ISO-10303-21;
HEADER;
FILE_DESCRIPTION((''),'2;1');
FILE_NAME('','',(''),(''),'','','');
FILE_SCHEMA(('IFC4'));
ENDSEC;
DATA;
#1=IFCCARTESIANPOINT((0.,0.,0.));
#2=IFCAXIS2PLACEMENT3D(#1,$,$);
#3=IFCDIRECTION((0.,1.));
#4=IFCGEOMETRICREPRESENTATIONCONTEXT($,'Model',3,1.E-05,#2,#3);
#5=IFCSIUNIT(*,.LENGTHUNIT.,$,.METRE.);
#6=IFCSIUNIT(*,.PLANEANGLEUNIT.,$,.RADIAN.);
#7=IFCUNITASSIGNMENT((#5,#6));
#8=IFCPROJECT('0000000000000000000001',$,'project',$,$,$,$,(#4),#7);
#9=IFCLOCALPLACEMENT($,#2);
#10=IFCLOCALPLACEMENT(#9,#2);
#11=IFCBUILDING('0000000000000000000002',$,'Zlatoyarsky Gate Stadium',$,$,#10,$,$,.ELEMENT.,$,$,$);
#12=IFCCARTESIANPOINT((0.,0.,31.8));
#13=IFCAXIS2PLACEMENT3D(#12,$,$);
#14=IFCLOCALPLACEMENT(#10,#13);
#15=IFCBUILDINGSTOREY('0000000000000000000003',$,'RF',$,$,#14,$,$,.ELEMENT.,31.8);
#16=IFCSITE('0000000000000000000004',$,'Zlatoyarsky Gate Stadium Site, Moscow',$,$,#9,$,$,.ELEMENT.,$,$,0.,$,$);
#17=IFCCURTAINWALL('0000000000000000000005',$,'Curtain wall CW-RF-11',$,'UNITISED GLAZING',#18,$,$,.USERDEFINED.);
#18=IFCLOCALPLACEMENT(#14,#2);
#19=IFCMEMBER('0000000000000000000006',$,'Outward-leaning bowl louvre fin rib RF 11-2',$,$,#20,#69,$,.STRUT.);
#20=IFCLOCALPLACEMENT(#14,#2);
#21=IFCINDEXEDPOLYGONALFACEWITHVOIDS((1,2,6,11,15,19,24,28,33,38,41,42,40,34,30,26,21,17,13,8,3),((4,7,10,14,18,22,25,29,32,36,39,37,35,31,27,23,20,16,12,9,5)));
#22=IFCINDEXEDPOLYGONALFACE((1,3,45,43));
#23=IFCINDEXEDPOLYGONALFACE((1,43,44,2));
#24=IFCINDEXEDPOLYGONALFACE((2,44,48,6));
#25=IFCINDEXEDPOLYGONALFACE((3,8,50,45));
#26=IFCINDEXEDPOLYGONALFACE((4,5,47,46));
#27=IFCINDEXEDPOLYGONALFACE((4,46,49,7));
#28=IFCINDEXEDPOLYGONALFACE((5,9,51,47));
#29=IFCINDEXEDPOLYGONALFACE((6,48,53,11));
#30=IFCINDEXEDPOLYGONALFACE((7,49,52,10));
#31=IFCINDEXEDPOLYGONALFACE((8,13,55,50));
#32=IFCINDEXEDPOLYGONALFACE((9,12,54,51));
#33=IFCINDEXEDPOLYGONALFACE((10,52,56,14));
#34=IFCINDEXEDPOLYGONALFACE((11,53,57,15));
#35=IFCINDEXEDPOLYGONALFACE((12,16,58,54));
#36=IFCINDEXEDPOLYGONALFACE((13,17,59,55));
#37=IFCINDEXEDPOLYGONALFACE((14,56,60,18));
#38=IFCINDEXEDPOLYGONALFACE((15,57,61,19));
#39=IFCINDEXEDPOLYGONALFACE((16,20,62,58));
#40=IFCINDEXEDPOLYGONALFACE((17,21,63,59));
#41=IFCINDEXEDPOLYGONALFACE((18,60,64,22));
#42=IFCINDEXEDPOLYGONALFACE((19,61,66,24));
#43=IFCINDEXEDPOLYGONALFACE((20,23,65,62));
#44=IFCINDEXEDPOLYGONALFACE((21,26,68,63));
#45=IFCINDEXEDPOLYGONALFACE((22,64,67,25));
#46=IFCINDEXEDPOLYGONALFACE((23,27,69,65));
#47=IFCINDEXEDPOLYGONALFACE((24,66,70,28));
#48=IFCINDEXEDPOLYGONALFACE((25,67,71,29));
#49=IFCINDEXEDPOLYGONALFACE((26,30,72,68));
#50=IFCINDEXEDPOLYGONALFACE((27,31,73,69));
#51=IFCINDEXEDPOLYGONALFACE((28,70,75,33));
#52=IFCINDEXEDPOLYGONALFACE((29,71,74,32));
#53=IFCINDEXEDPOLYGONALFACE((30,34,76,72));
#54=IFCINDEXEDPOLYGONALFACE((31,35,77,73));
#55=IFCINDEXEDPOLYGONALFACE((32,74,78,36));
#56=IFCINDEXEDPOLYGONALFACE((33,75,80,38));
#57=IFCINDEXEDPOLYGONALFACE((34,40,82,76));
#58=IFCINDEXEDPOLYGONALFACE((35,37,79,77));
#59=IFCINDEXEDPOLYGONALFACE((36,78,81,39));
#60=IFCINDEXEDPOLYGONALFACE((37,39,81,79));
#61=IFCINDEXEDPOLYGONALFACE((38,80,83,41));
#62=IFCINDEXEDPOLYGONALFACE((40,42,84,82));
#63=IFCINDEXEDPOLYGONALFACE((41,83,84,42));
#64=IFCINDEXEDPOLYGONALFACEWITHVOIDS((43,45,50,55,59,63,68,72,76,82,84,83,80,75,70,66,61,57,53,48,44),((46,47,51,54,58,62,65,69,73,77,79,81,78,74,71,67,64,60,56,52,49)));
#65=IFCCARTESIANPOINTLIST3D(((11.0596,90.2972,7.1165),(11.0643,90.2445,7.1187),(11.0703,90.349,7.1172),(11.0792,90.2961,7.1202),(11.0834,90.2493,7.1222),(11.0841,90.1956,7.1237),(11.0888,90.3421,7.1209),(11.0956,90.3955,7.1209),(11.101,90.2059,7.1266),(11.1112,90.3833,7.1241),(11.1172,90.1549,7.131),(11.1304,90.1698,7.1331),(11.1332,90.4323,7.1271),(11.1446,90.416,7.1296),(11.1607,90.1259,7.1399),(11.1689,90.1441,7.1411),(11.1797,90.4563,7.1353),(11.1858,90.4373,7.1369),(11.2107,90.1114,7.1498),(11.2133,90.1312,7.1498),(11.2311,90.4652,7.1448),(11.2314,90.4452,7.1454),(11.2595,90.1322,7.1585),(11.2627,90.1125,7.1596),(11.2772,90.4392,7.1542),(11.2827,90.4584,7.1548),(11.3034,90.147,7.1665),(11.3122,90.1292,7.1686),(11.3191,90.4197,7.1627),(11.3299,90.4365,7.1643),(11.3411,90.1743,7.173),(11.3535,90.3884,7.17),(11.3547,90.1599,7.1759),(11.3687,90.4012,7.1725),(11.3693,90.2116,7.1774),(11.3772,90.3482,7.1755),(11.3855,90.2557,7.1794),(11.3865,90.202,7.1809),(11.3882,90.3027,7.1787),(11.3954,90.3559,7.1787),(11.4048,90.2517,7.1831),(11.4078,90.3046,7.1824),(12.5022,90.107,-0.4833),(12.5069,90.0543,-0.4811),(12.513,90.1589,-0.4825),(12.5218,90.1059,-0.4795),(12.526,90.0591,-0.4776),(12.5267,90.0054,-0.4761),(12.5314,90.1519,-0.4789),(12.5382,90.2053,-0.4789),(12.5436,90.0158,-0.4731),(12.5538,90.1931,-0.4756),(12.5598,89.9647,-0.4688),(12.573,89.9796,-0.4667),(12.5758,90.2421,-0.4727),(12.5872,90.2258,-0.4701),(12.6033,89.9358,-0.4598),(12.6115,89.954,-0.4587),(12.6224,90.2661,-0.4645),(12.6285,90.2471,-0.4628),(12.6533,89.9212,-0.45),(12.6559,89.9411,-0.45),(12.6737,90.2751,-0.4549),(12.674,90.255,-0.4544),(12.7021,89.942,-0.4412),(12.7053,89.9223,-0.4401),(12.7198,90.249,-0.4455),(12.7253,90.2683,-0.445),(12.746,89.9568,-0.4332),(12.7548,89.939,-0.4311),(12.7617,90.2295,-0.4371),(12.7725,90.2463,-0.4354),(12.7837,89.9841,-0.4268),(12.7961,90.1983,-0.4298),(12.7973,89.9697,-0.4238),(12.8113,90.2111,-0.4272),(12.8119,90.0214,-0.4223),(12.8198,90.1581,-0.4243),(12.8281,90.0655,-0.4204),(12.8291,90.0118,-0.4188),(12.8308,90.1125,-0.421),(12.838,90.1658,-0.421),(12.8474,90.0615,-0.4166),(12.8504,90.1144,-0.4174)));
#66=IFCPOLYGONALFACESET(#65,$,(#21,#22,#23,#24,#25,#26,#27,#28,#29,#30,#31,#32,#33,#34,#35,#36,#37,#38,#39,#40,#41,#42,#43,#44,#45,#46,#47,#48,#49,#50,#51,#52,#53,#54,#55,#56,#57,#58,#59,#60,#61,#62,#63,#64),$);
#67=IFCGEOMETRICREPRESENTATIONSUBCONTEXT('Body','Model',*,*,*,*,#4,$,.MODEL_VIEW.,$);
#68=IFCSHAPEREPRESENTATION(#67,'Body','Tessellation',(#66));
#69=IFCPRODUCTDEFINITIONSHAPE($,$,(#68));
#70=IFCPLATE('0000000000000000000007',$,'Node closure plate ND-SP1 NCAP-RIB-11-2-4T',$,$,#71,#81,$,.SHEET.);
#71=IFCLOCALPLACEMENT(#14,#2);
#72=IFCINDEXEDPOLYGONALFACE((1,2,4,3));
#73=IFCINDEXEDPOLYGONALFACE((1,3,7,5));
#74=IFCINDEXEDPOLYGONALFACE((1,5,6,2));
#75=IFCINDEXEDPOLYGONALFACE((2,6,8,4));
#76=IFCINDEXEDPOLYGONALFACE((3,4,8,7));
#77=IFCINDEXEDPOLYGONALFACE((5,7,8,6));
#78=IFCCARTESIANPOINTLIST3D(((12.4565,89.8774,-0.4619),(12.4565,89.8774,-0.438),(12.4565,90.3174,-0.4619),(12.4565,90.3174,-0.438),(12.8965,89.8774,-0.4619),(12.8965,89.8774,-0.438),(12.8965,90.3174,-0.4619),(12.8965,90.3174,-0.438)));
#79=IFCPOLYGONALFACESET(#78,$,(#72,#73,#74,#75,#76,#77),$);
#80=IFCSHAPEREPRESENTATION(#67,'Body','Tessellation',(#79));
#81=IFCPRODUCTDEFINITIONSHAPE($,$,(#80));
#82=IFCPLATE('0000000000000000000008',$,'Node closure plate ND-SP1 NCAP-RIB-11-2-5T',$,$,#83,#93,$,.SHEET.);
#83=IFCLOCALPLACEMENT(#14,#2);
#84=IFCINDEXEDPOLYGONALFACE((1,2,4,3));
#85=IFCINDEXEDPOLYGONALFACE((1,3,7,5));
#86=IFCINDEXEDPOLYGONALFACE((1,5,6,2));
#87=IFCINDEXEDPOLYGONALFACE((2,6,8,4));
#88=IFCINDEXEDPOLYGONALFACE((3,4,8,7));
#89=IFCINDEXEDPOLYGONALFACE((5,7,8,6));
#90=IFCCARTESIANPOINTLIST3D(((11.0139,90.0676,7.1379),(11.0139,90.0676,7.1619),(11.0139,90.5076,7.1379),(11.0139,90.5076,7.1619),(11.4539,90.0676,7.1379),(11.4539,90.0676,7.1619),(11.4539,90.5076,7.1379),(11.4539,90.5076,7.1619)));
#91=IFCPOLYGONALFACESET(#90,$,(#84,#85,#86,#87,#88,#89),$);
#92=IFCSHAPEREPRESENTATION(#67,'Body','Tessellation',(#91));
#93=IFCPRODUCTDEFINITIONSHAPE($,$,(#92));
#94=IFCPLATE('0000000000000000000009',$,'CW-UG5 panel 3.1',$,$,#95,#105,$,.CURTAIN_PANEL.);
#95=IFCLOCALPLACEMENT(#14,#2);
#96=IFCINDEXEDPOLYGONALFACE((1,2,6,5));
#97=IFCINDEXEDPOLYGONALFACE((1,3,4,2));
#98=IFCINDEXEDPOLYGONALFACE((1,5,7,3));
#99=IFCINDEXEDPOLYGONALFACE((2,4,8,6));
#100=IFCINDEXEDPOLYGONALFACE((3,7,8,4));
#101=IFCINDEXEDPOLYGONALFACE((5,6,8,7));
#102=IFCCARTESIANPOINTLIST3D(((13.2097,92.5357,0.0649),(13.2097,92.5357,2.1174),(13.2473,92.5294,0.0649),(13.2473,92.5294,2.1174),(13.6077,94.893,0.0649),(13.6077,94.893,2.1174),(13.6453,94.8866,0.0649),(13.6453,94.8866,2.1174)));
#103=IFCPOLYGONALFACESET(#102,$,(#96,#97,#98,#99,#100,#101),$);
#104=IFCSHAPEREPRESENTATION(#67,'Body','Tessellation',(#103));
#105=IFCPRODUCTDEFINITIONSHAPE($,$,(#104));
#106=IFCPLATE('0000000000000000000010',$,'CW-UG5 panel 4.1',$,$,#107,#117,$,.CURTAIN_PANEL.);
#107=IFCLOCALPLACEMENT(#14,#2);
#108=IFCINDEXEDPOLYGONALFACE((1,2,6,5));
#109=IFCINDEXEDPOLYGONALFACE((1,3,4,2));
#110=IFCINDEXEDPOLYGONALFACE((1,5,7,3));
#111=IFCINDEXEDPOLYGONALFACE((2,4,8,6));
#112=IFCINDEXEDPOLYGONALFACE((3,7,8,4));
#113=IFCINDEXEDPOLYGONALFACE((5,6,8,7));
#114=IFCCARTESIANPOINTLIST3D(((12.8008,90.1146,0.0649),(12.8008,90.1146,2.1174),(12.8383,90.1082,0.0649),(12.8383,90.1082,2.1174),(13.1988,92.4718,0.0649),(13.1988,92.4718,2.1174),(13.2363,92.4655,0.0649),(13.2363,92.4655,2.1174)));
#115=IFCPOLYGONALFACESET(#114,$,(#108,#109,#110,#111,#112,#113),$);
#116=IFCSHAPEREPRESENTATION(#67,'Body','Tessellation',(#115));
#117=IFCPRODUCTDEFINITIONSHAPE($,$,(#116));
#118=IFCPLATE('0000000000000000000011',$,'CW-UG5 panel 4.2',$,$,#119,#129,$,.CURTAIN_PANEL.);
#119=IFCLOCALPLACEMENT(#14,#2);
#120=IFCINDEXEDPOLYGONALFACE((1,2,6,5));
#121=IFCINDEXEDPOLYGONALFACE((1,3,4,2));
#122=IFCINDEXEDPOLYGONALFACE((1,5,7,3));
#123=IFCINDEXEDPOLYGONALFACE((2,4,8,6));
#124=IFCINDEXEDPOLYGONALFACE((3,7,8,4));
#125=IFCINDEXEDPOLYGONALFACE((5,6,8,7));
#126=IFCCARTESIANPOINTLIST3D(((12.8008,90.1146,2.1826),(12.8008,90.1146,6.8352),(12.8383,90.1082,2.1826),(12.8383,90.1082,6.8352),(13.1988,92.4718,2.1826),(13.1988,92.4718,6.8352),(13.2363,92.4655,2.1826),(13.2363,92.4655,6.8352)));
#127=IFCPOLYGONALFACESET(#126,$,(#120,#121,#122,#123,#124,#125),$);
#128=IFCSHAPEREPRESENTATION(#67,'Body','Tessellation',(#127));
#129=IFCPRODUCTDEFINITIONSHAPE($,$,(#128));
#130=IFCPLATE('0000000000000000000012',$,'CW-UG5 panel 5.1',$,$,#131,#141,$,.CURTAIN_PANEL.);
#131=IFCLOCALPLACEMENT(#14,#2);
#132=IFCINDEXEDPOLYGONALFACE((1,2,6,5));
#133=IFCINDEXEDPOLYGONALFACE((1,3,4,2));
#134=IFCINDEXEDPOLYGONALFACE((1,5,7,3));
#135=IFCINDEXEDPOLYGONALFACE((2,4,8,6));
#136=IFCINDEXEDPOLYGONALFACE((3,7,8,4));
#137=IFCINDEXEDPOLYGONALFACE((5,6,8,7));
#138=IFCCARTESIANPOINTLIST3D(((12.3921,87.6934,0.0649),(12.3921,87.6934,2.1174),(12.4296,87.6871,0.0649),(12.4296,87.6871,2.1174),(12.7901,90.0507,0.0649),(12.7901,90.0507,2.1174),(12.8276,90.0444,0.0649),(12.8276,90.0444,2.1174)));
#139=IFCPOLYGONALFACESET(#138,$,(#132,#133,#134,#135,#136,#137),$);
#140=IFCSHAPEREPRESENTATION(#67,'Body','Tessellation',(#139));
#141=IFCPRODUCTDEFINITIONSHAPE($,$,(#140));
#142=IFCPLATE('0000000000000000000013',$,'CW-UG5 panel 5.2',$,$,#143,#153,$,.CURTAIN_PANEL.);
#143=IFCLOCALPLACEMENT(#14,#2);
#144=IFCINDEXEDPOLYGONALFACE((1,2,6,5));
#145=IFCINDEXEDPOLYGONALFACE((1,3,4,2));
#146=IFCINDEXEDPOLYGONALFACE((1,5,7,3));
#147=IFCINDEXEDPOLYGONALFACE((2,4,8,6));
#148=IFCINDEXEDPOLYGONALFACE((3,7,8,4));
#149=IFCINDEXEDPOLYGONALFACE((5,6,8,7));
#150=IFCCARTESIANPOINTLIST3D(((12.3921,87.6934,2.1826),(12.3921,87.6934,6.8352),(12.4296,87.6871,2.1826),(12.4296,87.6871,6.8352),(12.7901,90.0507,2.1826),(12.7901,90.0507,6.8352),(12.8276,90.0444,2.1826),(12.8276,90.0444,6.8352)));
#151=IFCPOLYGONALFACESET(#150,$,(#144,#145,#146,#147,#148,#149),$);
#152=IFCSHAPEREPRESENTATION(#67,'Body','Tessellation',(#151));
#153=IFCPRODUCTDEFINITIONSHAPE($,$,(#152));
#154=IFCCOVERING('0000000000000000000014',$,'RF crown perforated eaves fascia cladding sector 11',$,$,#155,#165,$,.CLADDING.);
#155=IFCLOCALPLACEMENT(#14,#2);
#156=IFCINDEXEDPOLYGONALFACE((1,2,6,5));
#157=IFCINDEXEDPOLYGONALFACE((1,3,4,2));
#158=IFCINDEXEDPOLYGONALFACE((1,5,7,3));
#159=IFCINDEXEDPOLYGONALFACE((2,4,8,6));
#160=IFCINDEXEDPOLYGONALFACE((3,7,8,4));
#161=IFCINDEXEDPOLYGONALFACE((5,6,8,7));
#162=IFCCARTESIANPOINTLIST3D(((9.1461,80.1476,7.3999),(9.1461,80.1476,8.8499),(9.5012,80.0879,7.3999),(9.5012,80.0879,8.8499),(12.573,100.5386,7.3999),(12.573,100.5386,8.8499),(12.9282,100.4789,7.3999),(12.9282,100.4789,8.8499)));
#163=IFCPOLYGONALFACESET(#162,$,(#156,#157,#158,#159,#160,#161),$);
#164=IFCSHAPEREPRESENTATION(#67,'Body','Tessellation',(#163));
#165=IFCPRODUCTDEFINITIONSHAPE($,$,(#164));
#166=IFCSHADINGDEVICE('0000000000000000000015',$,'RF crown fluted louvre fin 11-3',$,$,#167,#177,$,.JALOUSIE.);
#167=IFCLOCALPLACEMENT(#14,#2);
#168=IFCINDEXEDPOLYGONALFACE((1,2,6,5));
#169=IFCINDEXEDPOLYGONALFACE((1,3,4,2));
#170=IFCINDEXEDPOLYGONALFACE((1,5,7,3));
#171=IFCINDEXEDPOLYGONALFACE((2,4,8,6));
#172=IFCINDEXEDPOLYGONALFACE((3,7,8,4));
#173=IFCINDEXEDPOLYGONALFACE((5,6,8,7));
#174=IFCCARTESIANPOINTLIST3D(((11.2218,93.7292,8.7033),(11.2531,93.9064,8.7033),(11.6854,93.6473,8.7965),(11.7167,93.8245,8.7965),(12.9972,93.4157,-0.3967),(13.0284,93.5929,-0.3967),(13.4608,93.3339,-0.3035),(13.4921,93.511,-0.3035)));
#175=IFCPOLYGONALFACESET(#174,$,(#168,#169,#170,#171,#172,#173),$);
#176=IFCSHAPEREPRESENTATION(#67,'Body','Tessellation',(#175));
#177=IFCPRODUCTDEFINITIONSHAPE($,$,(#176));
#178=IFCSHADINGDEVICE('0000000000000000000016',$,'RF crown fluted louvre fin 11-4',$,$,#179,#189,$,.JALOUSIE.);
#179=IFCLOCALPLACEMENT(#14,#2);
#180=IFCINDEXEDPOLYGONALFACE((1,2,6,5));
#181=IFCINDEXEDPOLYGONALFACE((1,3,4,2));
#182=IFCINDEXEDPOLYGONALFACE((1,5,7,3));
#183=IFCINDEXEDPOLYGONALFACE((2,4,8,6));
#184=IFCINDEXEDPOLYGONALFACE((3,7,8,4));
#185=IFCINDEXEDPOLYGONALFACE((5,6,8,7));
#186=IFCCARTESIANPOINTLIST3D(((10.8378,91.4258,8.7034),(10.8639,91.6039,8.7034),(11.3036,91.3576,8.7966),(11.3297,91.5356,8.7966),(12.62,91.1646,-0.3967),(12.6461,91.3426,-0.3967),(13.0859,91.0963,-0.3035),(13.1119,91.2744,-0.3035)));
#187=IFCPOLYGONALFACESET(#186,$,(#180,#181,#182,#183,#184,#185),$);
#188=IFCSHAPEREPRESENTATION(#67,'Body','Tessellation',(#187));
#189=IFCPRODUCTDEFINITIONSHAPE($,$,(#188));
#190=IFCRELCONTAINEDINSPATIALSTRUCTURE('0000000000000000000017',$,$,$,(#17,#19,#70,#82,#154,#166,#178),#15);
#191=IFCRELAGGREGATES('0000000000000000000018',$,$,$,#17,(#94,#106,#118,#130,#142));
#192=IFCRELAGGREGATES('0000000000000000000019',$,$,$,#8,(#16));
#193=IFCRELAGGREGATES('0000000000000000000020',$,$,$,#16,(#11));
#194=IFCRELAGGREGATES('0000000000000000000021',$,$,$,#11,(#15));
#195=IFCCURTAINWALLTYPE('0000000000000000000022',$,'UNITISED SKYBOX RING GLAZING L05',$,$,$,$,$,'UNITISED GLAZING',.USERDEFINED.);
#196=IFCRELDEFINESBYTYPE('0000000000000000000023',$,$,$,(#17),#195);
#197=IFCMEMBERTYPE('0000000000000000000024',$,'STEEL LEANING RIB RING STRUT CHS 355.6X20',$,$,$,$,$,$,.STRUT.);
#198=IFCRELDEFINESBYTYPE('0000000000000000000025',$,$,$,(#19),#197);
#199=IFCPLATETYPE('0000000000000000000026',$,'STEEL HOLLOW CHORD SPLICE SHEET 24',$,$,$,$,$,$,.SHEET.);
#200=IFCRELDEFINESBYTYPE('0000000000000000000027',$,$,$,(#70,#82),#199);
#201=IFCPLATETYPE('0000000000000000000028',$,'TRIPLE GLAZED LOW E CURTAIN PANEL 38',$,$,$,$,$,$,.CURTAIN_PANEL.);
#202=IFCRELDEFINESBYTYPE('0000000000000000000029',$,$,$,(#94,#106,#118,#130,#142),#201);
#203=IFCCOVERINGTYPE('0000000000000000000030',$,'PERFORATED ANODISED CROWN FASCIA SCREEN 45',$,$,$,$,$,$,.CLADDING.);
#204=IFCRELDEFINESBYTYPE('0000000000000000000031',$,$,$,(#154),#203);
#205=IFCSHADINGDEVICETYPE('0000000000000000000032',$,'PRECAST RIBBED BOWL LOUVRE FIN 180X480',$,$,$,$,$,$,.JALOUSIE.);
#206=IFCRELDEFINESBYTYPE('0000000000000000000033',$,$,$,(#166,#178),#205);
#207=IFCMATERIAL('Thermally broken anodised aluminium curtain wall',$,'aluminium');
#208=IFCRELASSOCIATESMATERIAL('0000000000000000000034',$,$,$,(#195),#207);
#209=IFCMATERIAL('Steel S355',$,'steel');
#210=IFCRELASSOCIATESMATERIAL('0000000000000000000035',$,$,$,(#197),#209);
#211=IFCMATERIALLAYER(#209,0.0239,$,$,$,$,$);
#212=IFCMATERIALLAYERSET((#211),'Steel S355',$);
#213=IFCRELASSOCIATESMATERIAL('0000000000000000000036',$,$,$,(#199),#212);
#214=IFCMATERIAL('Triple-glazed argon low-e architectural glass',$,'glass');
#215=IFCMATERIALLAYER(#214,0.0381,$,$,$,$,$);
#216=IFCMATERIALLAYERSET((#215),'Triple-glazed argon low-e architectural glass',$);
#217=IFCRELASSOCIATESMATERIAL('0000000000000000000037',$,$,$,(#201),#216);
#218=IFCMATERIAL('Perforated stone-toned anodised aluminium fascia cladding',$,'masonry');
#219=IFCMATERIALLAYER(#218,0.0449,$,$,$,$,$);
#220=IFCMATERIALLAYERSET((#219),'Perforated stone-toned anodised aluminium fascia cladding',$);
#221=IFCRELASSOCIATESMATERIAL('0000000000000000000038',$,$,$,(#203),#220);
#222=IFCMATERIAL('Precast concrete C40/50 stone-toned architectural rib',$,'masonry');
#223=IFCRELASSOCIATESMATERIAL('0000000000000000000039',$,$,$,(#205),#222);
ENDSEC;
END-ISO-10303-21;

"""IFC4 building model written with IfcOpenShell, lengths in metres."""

from ifc_helpers import new_model, si_unit, direction, frame, origin, origin_2d, place, context, subcontext, project, spatial, rectangle, hollow_circle, extrude, material, layer, layer_set, material_profile, profile_set, type_object, element, aggregate, save


model = new_model("IFC4")

# Units and contexts
model_context = context("Model", 3, precision=1e-05, world=origin(), true_north=direction((0.0, 1.0)))
body_context = subcontext(model_context, "Body", "Model", "MODEL_VIEW")
ifc_project = project(units=[si_unit("LENGTHUNIT", "METRE"), si_unit("PLANEANGLEUNIT", "RADIAN")], contexts=[model_context])

# Site, building, storey
site_placement = place(None, origin())
site = spatial("IfcSite", under=ifc_project, at=site_placement, Name="Zlatoyarsky Gate Stadium Site, Moscow", CompositionType="ELEMENT", RefElevation=0.0)
building_placement = place(site_placement, origin())
building = spatial("IfcBuilding", under=site, at=building_placement, Name="Zlatoyarsky Gate Stadium", CompositionType="ELEMENT")
storey_placement = place(building_placement, frame((0.0, 0.0, 31.8)))
storey = spatial("IfcBuildingStorey", under=building, at=storey_placement, Name="RF", CompositionType="ELEMENT", Elevation=31.8)

# Curtain wall
ifc_material_1 = material(Name="Thermally broken anodised aluminium curtain wall", Category="aluminium")
curtain_wall_type = type_object("IfcCurtainWallType", Name="UNITISED SKYBOX RING GLAZING L05", ElementType="UNITISED GLAZING", PredefinedType="USERDEFINED", material=ifc_material_1)
curtain_wall_placement = place(storey_placement, origin())
curtain_wall = element("IfcCurtainWall", 1, at=curtain_wall_placement, inside=storey, type_object=curtain_wall_type, Name="Curtain wall CW-RF-11", ObjectType="UNITISED GLAZING", PredefinedType="USERDEFINED")

# Member
ifc_material_2 = material(Name="Steel S355", Category="steel")
ifc_material_profile_1 = material_profile(ifc_material_2, hollow_circle(Radius=0.1777, WallThickness=0.02, at=origin_2d()), Name="CHS 355.6X20")
ifc_profile_set_1 = profile_set([ifc_material_profile_1], Name="Steel S355")
member_type_1 = type_object("IfcMemberType", Name="STEEL LEANING RIB RING STRUT CHS 355.6X20", PredefinedType="STRUT", material=ifc_profile_set_1)
member_1_placement = place(storey_placement, frame((12.6765, 90.0974, -0.45), z_axis=(-0.186436, 0.024578, 0.98216), x_axis=(-0.130702, -0.991422, 0.0)))
element("IfcMember", 2, at=member_1_placement, inside=storey, type_object=member_type_1, Name="Outward-leaning bowl louvre fin rib RF 11-2", PredefinedType="STRUT", context=body_context, shape_type="SweptSolid", body=[
    extrude(hollow_circle(Radius=0.1777, WallThickness=0.02, at=origin_2d()), origin(), (0.0, 0.0, 1.0), 7.7378),
])

# Plates
ifc_layer_1 = layer(ifc_material_2, 0.0239)
ifc_layer_set_1 = layer_set([ifc_layer_1], Name="Steel S355")
plate_type_1 = type_object("IfcPlateType", Name="STEEL HOLLOW CHORD SPLICE SHEET 24", PredefinedType="SHEET", material=ifc_layer_set_1)
for number, where, z_axis, x_axis, name in (
    (3, (12.6765, 90.0974, -0.4619), (0.0, 0.0, 1.0), (1.0, 0.0, 0.0), "Node closure plate ND-SP1 NCAP-RIB-11-2-4T"),
    (4, (11.2339, 90.2876, 7.1379), (0.0, 0.0, 1.0), (1.0, 0.0, 0.0), "Node closure plate ND-SP1 NCAP-RIB-11-2-5T"),
):
    element("IfcPlate", number, at=place(storey_placement, frame(where, z_axis=z_axis, x_axis=x_axis)), inside=storey, type_object=plate_type_1, Name=name, PredefinedType="SHEET", context=body_context, shape_type="SweptSolid", body=[
        extrude(rectangle(XDim=0.4399, YDim=0.4399, at=origin_2d()), origin(), (0.0, 0.0, 1.0), 0.0239),
    ])

# Plates
ifc_material_3 = material(Name="Triple-glazed argon low-e architectural glass", Category="glass")
ifc_layer_2 = layer(ifc_material_3, 0.0381)
ifc_layer_set_2 = layer_set([ifc_layer_2], Name="Triple-glazed argon low-e architectural glass")
plate_type_2 = type_object("IfcPlateType", Name="TRIPLE GLAZED LOW E CURTAIN PANEL 38", PredefinedType="CURTAIN_PANEL", material=ifc_layer_set_2)
plate_1_placement = place(storey_placement, frame((13.4275, 93.7112, 0.0649), z_axis=(0.0, 0.0, 1.0), x_axis=(-0.166482, -0.986044, 0.0)))
plate_1 = element("IfcPlate", 5, at=plate_1_placement, type_object=plate_type_2, Name="CW-UG5 panel 3.1", PredefinedType="CURTAIN_PANEL", context=body_context, shape_type="SweptSolid", body=[
    extrude(rectangle(XDim=2.3906, YDim=0.0381, at=origin_2d()), origin(), (0.0, 0.0, 1.0), 2.0525),
])
plate_2_placement = place(storey_placement, frame((13.0186, 91.29, 0.0649), z_axis=(0.0, 0.0, 1.0), x_axis=(-0.166482, -0.986044, 0.0)))
plate_2 = element("IfcPlate", 6, at=plate_2_placement, type_object=plate_type_2, Name="CW-UG5 panel 4.1", PredefinedType="CURTAIN_PANEL", context=body_context, shape_type="SweptSolid", body=[
    extrude(rectangle(XDim=2.3906, YDim=0.0381, at=origin_2d()), origin(), (0.0, 0.0, 1.0), 2.0525),
])
plate_3_placement = place(storey_placement, frame((13.0186, 91.29, 2.1826), z_axis=(0.0, 0.0, 1.0), x_axis=(-0.166482, -0.986044, 0.0)))
plate_3 = element("IfcPlate", 7, at=plate_3_placement, type_object=plate_type_2, Name="CW-UG5 panel 4.2", PredefinedType="CURTAIN_PANEL", context=body_context, shape_type="SweptSolid", body=[
    extrude(rectangle(XDim=2.3906, YDim=0.0381, at=origin_2d()), origin(), (0.0, 0.0, 1.0), 4.6526),
])
plate_4_placement = place(storey_placement, frame((12.6099, 88.8689, 0.0649), z_axis=(0.0, 0.0, 1.0), x_axis=(-0.166482, -0.986044, 0.0)))
plate_4 = element("IfcPlate", 8, at=plate_4_placement, type_object=plate_type_2, Name="CW-UG5 panel 5.1", PredefinedType="CURTAIN_PANEL", context=body_context, shape_type="SweptSolid", body=[
    extrude(rectangle(XDim=2.3906, YDim=0.0381, at=origin_2d()), origin(), (0.0, 0.0, 1.0), 2.0525),
])
plate_5_placement = place(storey_placement, frame((12.6099, 88.8689, 2.1826), z_axis=(0.0, 0.0, 1.0), x_axis=(-0.166482, -0.986044, 0.0)))
plate_5 = element("IfcPlate", 9, at=plate_5_placement, type_object=plate_type_2, Name="CW-UG5 panel 5.2", PredefinedType="CURTAIN_PANEL", context=body_context, shape_type="SweptSolid", body=[
    extrude(rectangle(XDim=2.3906, YDim=0.0381, at=origin_2d()), origin(), (0.0, 0.0, 1.0), 4.6526),
])
aggregate(curtain_wall, [plate_1, plate_2, plate_3, plate_4, plate_5])

# Covering
ifc_material_4 = material(Name="Perforated stone-toned anodised aluminium fascia cladding", Category="masonry")
ifc_layer_3 = layer(ifc_material_4, 0.0449)
ifc_layer_set_3 = layer_set([ifc_layer_3], Name="Perforated stone-toned anodised aluminium fascia cladding")
covering_type = type_object("IfcCoveringType", Name="PERFORATED ANODISED CROWN FASCIA SCREEN 45", PredefinedType="CLADDING", material=ifc_layer_set_3)
covering_placement = place(storey_placement, frame((11.0371, 90.3132, 7.3999), z_axis=(0.0, 0.0, 1.0), x_axis=(-0.165738, -0.98617, 0.0)))
element("IfcCovering", 10, at=covering_placement, inside=storey, type_object=covering_type, Name="RF crown perforated eaves fascia cladding sector 11", PredefinedType="CLADDING", context=body_context, shape_type="SweptSolid", body=[
    extrude(rectangle(XDim=20.677, YDim=0.3601, at=origin_2d()), origin(), (0.0, 0.0, 1.0), 1.45),
])

# Shading devices
ifc_material_5 = material(Name="Precast concrete C40/50 stone-toned architectural rib", Category="masonry")
ifc_material_profile_2 = material_profile(ifc_material_5, rectangle(XDim=0.1799, YDim=0.48, at=origin_2d()), Name="RIB 180X480")
ifc_profile_set_2 = profile_set([ifc_material_profile_2], Name="Precast concrete C40/50 stone-toned architectural rib")
shading_device_type = type_object("IfcShadingDeviceType", Name="PRECAST RIBBED BOWL LOUVRE FIN 180X480", PredefinedType="JALOUSIE", material=ifc_profile_set_2)
shading_device_placement = place(storey_placement, frame((13.2446, 93.4634, -0.3501), z_axis=(-0.191376, 0.033791, 0.980935), x_axis=(-0.173878, -0.984767, 0.0)))
element("IfcShadingDevice", 11, at=shading_device_placement, inside=storey, type_object=shading_device_type, Name="RF crown fluted louvre fin 11-3", PredefinedType="JALOUSIE", context=body_context, shape_type="SweptSolid", body=[
    extrude(rectangle(XDim=0.1799, YDim=0.48, at=origin_2d()), origin(), (0.0, 0.0, 1.0), 9.2769),
])
for number, where, z_axis, x_axis, name in (
    (12, (12.866, 91.2195, -0.3501), (-0.19212, 0.02816, 0.980967), (-0.145026, -0.989428, 0.0), "RF crown fluted louvre fin 11-4"),
):
    element("IfcShadingDevice", number, at=place(storey_placement, frame(where, z_axis=z_axis, x_axis=x_axis)), inside=storey, type_object=shading_device_type, Name=name, PredefinedType="JALOUSIE", context=body_context, shape_type="SweptSolid", body=[
        extrude(rectangle(XDim=0.1799, YDim=0.48, at=origin_2d()), origin(), (0.0, 0.0, 1.0), 9.2766),
    ])

save(model, "model.ifc")
